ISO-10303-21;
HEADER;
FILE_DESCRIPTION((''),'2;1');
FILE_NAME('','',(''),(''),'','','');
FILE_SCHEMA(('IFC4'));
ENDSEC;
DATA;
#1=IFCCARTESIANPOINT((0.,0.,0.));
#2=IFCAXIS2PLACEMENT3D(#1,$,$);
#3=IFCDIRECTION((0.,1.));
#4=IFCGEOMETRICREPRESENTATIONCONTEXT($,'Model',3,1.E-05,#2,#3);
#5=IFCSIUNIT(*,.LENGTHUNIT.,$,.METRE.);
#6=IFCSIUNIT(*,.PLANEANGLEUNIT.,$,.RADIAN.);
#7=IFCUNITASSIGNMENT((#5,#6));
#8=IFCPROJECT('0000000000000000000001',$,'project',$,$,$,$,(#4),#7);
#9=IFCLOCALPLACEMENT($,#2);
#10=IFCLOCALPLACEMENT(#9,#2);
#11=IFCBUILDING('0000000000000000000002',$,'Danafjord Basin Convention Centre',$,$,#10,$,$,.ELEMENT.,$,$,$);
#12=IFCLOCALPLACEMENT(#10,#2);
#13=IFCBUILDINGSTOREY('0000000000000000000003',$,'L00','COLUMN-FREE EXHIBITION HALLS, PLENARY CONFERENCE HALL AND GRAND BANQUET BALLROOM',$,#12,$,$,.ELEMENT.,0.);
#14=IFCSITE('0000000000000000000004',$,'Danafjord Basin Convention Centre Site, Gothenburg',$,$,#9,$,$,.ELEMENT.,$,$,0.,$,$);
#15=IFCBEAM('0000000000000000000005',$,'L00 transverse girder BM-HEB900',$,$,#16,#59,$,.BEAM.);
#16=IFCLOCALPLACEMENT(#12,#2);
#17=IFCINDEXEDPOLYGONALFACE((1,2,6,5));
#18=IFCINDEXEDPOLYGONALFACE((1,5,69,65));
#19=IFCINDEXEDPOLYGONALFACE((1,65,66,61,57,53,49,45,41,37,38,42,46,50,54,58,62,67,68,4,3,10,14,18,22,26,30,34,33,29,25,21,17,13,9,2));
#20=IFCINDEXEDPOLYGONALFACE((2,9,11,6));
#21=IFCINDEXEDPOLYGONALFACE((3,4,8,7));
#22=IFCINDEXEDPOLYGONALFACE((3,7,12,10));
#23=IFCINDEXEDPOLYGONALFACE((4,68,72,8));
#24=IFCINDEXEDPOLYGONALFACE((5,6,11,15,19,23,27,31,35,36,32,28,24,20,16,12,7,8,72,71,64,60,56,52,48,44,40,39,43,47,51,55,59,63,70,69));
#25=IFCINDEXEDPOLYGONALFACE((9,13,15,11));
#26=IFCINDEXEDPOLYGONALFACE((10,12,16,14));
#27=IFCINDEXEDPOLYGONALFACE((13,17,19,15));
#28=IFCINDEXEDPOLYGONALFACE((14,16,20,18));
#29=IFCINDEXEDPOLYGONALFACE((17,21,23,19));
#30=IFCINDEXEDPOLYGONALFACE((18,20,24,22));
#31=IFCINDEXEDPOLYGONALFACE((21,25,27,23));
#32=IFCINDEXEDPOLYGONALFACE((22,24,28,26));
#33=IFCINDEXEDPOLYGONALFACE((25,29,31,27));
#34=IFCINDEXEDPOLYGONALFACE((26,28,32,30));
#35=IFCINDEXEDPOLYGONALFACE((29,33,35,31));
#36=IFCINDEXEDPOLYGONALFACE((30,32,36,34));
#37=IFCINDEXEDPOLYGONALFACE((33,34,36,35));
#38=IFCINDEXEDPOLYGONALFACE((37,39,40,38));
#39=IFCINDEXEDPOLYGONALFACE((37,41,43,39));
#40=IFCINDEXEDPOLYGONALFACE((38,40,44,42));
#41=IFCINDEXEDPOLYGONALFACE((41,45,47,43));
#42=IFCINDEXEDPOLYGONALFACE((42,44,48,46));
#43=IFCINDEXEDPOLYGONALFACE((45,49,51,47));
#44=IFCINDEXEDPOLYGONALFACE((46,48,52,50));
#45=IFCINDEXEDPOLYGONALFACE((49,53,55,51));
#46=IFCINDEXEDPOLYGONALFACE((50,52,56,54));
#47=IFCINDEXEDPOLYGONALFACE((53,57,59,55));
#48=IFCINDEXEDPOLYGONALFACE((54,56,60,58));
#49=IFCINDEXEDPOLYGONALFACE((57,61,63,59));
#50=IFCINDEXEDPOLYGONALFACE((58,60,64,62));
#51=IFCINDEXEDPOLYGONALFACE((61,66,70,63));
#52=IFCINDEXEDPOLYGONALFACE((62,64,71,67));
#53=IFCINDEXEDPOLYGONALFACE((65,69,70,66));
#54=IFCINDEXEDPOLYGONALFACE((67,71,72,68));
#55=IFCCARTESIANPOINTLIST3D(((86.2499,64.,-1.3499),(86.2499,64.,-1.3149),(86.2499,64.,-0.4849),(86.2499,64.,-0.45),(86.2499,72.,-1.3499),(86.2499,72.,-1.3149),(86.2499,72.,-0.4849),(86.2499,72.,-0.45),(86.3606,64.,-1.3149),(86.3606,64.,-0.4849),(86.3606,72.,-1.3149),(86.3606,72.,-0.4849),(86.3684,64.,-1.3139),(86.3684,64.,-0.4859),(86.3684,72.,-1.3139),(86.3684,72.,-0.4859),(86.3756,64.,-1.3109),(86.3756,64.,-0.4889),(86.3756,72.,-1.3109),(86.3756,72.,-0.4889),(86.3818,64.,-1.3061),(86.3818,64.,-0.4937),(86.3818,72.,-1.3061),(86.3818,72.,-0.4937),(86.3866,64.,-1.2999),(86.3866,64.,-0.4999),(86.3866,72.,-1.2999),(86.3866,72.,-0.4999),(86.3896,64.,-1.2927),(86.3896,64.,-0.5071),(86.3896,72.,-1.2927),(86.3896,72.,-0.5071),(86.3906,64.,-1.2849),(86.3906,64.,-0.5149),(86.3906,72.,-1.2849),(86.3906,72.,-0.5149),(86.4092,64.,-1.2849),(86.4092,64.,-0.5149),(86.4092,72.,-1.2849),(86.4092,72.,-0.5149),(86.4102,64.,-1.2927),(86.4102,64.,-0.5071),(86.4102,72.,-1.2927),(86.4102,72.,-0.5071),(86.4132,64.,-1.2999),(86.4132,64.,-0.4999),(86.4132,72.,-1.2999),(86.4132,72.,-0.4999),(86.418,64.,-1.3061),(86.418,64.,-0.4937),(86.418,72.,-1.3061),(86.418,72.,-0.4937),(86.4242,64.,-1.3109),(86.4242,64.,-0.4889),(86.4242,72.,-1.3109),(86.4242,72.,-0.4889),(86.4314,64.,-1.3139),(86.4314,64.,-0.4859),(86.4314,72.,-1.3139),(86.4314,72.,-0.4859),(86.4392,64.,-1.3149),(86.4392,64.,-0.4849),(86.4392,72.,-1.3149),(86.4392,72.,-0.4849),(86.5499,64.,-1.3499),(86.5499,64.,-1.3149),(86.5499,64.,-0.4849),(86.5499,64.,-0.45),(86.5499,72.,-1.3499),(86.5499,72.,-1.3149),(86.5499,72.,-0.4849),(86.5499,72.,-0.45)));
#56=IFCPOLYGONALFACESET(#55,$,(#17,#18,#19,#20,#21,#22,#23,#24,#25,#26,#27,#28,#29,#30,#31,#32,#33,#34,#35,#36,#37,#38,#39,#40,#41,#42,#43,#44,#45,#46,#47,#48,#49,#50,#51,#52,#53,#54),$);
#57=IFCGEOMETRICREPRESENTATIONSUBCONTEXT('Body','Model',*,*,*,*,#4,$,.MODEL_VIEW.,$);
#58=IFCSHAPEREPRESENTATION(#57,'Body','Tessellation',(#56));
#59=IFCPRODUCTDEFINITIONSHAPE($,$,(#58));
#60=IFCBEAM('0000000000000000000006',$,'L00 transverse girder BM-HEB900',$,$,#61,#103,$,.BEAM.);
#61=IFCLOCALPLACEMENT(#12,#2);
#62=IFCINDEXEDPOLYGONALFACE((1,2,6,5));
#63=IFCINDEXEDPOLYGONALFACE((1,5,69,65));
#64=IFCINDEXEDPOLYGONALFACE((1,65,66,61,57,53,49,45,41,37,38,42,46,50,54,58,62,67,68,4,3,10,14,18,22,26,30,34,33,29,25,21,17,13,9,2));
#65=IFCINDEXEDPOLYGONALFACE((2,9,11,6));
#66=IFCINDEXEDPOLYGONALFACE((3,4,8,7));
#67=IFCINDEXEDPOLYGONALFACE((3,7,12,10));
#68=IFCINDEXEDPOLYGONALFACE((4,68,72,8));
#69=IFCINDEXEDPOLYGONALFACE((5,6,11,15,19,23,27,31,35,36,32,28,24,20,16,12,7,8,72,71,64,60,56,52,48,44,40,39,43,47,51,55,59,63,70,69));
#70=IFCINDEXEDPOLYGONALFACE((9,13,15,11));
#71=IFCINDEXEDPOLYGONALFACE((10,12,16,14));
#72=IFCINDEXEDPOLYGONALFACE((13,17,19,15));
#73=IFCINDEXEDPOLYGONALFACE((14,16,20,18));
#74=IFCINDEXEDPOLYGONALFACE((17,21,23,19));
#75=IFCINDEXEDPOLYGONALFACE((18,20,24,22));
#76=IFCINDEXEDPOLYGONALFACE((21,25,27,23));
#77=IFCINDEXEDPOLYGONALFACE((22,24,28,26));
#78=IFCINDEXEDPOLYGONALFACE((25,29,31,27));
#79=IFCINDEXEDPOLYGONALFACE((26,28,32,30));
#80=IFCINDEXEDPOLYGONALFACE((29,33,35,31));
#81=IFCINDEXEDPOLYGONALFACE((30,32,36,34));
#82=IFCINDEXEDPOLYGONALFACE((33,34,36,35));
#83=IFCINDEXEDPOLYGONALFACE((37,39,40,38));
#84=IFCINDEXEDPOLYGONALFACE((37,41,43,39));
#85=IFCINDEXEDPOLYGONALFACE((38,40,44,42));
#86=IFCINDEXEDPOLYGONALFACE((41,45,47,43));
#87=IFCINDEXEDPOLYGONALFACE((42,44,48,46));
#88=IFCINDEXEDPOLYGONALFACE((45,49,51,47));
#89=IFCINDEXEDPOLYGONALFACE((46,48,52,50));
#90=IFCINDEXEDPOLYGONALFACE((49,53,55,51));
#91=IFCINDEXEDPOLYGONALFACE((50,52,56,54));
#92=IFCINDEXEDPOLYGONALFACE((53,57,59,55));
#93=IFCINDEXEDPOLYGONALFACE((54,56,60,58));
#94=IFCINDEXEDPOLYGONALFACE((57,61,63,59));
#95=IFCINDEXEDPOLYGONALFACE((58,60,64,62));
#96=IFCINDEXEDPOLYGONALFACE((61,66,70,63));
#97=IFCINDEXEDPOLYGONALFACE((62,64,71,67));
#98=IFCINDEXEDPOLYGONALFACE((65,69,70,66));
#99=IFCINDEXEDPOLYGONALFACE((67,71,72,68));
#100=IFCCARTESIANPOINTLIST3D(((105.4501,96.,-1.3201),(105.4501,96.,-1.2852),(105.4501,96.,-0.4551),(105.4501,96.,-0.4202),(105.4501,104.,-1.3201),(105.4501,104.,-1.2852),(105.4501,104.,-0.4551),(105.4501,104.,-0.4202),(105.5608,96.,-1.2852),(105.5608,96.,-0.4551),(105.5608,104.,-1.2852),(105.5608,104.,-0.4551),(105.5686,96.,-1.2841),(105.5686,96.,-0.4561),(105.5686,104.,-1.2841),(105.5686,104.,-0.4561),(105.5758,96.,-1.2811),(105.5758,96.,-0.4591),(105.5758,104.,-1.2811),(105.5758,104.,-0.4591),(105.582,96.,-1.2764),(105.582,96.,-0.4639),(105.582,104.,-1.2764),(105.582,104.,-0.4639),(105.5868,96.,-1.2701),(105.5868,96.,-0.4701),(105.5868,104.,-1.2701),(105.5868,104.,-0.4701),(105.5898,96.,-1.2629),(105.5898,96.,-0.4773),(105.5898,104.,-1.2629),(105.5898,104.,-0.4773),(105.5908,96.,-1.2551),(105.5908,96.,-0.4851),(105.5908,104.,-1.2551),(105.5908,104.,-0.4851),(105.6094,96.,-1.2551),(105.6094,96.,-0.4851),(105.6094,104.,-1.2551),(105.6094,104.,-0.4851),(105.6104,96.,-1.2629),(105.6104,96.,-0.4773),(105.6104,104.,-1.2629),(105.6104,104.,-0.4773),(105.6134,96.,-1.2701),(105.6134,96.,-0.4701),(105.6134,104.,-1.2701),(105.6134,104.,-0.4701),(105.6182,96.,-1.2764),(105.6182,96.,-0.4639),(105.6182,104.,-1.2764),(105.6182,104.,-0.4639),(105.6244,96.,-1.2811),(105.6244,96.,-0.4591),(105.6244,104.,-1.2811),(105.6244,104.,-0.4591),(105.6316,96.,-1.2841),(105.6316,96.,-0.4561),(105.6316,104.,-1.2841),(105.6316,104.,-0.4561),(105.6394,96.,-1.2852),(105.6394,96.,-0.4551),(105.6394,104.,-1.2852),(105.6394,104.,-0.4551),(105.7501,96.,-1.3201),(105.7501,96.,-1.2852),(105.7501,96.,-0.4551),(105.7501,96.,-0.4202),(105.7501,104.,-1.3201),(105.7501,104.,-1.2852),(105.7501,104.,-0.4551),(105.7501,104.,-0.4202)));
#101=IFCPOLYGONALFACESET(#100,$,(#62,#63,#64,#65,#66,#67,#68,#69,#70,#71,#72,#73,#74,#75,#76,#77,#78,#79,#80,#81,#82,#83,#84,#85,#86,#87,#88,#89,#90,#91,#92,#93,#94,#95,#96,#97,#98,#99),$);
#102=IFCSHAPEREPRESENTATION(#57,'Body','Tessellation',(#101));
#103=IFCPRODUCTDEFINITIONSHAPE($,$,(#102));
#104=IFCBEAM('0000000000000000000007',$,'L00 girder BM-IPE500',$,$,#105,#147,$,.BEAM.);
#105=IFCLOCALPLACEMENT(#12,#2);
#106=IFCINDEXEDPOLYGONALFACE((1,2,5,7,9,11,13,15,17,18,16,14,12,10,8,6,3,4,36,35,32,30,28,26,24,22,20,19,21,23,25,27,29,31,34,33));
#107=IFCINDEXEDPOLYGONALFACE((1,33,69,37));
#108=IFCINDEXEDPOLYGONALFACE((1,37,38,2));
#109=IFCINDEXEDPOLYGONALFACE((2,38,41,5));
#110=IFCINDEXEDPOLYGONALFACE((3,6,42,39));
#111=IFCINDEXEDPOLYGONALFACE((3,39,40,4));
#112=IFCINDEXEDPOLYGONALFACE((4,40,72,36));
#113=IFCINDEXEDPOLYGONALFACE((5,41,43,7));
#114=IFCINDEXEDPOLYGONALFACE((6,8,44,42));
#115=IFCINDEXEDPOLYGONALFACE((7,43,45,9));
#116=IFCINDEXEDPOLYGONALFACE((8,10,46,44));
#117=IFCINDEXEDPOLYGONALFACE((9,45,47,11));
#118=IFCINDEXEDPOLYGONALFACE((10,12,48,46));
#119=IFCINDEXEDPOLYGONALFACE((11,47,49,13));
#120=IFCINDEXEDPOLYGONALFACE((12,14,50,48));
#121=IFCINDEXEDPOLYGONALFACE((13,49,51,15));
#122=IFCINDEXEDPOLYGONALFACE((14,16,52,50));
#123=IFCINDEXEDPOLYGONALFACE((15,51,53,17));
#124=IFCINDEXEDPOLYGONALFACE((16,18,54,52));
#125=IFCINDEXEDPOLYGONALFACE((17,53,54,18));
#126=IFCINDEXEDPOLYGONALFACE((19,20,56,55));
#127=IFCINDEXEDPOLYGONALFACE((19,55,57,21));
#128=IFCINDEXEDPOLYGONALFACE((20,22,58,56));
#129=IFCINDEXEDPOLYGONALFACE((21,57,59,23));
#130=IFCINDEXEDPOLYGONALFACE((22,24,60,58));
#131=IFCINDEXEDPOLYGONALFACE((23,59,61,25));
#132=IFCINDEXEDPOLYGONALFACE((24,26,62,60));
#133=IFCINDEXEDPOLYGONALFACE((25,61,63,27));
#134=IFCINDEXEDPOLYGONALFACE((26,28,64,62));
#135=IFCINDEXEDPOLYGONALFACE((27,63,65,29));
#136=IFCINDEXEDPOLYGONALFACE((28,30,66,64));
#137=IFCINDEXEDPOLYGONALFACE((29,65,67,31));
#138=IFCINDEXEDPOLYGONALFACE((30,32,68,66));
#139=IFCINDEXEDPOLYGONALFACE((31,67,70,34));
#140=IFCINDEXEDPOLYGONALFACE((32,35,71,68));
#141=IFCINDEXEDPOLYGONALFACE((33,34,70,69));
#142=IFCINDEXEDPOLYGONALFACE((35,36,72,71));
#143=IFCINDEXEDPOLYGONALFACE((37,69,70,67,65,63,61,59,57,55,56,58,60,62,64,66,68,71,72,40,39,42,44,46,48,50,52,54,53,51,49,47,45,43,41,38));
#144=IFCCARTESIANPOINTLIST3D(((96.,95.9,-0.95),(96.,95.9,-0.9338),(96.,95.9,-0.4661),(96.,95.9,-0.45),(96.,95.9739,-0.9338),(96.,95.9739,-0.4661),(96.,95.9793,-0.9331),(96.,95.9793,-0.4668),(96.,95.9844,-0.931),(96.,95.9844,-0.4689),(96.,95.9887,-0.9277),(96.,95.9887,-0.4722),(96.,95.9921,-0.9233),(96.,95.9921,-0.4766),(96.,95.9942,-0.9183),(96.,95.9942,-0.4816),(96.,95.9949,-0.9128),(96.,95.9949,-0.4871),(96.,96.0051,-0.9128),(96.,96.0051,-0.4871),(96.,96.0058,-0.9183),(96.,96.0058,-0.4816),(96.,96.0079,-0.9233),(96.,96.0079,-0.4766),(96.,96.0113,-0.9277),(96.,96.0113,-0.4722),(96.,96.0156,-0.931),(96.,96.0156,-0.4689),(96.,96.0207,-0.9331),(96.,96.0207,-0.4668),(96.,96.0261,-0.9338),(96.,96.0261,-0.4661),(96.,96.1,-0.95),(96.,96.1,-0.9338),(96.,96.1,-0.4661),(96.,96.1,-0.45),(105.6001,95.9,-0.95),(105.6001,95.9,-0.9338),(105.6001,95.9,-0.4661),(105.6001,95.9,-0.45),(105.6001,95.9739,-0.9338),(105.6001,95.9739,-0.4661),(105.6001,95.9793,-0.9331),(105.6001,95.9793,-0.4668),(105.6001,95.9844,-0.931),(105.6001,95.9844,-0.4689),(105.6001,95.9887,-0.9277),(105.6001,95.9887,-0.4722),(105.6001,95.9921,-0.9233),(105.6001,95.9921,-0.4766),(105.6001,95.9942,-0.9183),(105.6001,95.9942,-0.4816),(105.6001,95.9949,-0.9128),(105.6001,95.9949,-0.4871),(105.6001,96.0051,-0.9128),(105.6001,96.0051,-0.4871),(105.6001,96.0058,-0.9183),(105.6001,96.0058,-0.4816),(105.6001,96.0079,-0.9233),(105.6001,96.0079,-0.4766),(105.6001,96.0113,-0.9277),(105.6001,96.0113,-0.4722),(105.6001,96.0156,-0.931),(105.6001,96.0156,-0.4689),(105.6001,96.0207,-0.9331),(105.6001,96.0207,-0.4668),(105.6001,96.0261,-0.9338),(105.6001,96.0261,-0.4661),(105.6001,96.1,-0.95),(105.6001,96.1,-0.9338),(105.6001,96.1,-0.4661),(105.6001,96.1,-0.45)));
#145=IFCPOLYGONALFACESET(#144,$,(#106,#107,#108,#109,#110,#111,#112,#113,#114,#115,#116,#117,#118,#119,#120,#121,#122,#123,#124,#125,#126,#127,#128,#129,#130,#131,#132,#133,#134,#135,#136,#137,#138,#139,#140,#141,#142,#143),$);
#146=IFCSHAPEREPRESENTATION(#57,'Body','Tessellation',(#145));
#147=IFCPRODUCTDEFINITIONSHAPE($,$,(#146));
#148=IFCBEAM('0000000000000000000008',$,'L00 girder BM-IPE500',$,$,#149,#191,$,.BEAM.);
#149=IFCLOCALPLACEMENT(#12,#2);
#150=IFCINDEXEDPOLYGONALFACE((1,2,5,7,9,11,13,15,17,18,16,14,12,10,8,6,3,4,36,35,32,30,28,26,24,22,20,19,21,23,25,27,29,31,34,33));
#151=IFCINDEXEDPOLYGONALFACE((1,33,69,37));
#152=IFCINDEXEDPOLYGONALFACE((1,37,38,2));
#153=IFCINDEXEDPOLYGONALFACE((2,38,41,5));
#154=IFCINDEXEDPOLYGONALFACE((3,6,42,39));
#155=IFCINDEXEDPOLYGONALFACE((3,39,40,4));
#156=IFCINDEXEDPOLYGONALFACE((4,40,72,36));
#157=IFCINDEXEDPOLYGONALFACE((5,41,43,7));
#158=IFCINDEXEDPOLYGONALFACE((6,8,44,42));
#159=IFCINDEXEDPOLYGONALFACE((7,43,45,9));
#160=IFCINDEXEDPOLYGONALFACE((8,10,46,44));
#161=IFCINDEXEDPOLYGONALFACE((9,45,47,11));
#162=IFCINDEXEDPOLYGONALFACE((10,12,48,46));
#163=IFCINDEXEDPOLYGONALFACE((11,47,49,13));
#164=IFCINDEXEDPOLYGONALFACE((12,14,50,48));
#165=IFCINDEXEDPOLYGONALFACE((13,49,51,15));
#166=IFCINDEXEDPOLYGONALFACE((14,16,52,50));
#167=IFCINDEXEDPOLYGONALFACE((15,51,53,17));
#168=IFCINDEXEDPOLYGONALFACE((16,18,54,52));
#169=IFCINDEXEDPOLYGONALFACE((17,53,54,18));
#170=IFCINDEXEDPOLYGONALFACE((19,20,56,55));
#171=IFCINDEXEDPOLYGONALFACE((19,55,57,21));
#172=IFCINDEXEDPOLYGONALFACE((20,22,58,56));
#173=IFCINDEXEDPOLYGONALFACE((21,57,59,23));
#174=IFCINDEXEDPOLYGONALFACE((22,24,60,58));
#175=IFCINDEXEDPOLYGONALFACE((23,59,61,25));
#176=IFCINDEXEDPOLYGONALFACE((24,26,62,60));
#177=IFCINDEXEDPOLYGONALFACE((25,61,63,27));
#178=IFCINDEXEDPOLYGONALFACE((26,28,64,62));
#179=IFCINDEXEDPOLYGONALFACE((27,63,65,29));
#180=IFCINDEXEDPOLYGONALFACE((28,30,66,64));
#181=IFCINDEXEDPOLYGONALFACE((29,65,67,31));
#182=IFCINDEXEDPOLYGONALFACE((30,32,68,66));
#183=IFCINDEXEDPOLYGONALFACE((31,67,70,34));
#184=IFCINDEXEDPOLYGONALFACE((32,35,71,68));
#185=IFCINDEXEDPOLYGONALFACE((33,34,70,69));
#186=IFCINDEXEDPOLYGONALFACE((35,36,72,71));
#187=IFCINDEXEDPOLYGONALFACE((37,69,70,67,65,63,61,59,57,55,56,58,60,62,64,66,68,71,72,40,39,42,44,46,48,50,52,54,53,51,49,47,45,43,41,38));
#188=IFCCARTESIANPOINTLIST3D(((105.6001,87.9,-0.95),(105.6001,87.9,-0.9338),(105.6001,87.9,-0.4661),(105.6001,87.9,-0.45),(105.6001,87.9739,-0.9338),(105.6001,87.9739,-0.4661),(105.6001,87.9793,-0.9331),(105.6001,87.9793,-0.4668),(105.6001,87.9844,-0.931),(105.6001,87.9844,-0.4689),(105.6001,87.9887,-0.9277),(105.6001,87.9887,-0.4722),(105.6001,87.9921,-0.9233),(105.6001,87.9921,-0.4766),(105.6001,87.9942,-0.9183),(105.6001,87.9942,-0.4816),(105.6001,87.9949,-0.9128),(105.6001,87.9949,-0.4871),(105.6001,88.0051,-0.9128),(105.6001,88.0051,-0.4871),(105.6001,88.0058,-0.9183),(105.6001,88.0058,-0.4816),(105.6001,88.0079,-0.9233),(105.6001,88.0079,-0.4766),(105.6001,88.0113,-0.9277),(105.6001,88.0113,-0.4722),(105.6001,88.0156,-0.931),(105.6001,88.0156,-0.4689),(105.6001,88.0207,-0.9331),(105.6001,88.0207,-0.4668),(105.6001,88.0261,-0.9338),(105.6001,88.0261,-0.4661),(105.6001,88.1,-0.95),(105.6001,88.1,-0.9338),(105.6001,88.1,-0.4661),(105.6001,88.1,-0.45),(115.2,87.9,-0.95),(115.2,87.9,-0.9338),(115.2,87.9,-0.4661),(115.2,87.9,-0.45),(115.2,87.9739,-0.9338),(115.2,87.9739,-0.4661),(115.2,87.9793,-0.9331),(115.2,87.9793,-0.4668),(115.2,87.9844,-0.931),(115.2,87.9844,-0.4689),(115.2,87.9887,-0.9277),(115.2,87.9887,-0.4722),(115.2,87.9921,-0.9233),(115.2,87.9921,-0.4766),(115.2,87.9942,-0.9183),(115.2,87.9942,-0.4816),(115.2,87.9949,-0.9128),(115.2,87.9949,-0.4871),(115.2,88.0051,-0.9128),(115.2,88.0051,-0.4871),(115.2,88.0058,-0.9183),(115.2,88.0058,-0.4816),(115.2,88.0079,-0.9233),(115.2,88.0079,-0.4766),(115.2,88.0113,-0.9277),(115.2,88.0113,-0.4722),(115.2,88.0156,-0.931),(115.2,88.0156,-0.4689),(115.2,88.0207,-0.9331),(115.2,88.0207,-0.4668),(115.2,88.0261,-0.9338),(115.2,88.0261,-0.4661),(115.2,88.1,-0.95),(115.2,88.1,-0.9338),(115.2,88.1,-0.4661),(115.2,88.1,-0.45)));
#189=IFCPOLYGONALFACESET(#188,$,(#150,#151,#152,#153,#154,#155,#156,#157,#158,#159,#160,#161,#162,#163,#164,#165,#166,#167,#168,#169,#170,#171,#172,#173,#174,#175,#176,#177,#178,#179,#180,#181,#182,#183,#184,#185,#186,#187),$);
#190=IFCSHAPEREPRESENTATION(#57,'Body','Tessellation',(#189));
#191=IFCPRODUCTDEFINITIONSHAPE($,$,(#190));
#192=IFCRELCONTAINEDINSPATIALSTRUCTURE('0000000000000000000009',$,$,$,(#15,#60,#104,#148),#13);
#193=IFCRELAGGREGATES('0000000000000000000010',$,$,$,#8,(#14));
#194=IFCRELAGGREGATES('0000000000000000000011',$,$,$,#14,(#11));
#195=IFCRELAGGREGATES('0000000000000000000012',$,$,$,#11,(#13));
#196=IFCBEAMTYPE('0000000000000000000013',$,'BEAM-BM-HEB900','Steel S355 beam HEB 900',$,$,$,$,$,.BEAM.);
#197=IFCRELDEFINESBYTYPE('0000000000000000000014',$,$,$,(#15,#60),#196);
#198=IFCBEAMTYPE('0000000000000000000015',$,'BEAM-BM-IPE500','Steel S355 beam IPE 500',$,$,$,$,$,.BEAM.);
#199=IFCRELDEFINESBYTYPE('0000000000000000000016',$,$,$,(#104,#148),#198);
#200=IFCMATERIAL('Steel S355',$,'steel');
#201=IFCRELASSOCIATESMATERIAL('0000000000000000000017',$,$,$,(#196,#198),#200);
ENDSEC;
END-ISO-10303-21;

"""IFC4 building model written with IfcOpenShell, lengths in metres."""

from ifc_helpers import new_model, si_unit, direction, frame, origin, origin_2d, place, context, subcontext, project, spatial, i_section, extrude, material, material_profile, profile_set, type_object, element, save


model = new_model("IFC4")

# Units and contexts
model_context = context("Model", 3, precision=1e-05, world=origin(), true_north=direction((0.0, 1.0)))
body_context = subcontext(model_context, "Body", "Model", "MODEL_VIEW")
ifc_project = project(units=[si_unit("LENGTHUNIT", "METRE"), si_unit("PLANEANGLEUNIT", "RADIAN")], contexts=[model_context])

# Site, building, storey
site_placement = place(None, origin())
site = spatial("IfcSite", under=ifc_project, at=site_placement, Name="Danafjord Basin Convention Centre Site, Gothenburg", CompositionType="ELEMENT", RefElevation=0.0)
building_placement = place(site_placement, origin())
building = spatial("IfcBuilding", under=site, at=building_placement, Name="Danafjord Basin Convention Centre", CompositionType="ELEMENT")
storey_placement = place(building_placement, origin())
storey = spatial("IfcBuildingStorey", under=building, at=storey_placement, Name="L00", Description="COLUMN-FREE EXHIBITION HALLS, PLENARY CONFERENCE HALL AND GRAND BANQUET BALLROOM", CompositionType="ELEMENT", Elevation=0.0)

# Beams
ifc_material = material(Name="Steel S355", Category="steel")
ifc_material_profile_1 = material_profile(ifc_material, i_section(OverallWidth=0.3, OverallDepth=0.8999, WebThickness=0.0186, FlangeThickness=0.0349, FilletRadius=0.03, at=origin_2d()), Name="HEB 900")
ifc_profile_set_1 = profile_set([ifc_material_profile_1], Name="Steel S355")
beam_type_1 = type_object("IfcBeamType", Name="BEAM-BM-HEB900", Description="Steel S355 beam HEB 900", PredefinedType="BEAM", material=ifc_profile_set_1)
for number, where, z_axis, x_axis, name in (
    (1, (86.3999, 64.0, -0.8999), (0.0, 1.0, 0.0), (-1.0, 0.0, 0.0), "L00 transverse girder BM-HEB900"),
    (2, (105.6001, 96.0, -0.8701), (0.0, 1.0, 0.0), (-1.0, 0.0, 0.0), "L00 transverse girder BM-HEB900"),
):
    element("IfcBeam", number, at=place(storey_placement, frame(where, z_axis=z_axis, x_axis=x_axis)), inside=storey, type_object=beam_type_1, Name=name, PredefinedType="BEAM", context=body_context, shape_type="SweptSolid", body=[
        extrude(i_section(OverallWidth=0.3, OverallDepth=0.8999, WebThickness=0.0186, FlangeThickness=0.0349, FilletRadius=0.03, at=origin_2d()), origin(), (0.0, 0.0, 1.0), 8.0),
    ])
ifc_material_profile_2 = material_profile(ifc_material, i_section(OverallWidth=0.2, OverallDepth=0.5, WebThickness=0.0103, FlangeThickness=0.0161, FilletRadius=0.021, at=origin_2d()), Name="IPE 500")
ifc_profile_set_2 = profile_set([ifc_material_profile_2], Name="Steel S355")
beam_type_2 = type_object("IfcBeamType", Name="BEAM-BM-IPE500", Description="Steel S355 beam IPE 500", PredefinedType="BEAM", material=ifc_profile_set_2)
beam_1_placement = place(storey_placement, frame((96.0, 96.0, -0.7), z_axis=(1.0, 0.0, 0.0), x_axis=(0.0, 1.0, 0.0)))
element("IfcBeam", 3, at=beam_1_placement, inside=storey, type_object=beam_type_2, Name="L00 girder BM-IPE500", PredefinedType="BEAM", context=body_context, shape_type="SweptSolid", body=[
    extrude(i_section(OverallWidth=0.2, OverallDepth=0.5, WebThickness=0.0103, FlangeThickness=0.0161, FilletRadius=0.021, at=origin_2d()), origin(), (0.0, 0.0, 1.0), 9.6001),
])
beam_2_placement = place(storey_placement, frame((105.6001, 88.0, -0.7), z_axis=(1.0, 0.0, 0.0), x_axis=(0.0, 1.0, 0.0)))
element("IfcBeam", 4, at=beam_2_placement, inside=storey, type_object=beam_type_2, Name="L00 girder BM-IPE500", PredefinedType="BEAM", context=body_context, shape_type="SweptSolid", body=[
    extrude(i_section(OverallWidth=0.2, OverallDepth=0.5, WebThickness=0.0103, FlangeThickness=0.0161, FilletRadius=0.021, at=origin_2d()), origin(), (0.0, 0.0, 1.0), 9.5999),
])

save(model, "model.ifc")
